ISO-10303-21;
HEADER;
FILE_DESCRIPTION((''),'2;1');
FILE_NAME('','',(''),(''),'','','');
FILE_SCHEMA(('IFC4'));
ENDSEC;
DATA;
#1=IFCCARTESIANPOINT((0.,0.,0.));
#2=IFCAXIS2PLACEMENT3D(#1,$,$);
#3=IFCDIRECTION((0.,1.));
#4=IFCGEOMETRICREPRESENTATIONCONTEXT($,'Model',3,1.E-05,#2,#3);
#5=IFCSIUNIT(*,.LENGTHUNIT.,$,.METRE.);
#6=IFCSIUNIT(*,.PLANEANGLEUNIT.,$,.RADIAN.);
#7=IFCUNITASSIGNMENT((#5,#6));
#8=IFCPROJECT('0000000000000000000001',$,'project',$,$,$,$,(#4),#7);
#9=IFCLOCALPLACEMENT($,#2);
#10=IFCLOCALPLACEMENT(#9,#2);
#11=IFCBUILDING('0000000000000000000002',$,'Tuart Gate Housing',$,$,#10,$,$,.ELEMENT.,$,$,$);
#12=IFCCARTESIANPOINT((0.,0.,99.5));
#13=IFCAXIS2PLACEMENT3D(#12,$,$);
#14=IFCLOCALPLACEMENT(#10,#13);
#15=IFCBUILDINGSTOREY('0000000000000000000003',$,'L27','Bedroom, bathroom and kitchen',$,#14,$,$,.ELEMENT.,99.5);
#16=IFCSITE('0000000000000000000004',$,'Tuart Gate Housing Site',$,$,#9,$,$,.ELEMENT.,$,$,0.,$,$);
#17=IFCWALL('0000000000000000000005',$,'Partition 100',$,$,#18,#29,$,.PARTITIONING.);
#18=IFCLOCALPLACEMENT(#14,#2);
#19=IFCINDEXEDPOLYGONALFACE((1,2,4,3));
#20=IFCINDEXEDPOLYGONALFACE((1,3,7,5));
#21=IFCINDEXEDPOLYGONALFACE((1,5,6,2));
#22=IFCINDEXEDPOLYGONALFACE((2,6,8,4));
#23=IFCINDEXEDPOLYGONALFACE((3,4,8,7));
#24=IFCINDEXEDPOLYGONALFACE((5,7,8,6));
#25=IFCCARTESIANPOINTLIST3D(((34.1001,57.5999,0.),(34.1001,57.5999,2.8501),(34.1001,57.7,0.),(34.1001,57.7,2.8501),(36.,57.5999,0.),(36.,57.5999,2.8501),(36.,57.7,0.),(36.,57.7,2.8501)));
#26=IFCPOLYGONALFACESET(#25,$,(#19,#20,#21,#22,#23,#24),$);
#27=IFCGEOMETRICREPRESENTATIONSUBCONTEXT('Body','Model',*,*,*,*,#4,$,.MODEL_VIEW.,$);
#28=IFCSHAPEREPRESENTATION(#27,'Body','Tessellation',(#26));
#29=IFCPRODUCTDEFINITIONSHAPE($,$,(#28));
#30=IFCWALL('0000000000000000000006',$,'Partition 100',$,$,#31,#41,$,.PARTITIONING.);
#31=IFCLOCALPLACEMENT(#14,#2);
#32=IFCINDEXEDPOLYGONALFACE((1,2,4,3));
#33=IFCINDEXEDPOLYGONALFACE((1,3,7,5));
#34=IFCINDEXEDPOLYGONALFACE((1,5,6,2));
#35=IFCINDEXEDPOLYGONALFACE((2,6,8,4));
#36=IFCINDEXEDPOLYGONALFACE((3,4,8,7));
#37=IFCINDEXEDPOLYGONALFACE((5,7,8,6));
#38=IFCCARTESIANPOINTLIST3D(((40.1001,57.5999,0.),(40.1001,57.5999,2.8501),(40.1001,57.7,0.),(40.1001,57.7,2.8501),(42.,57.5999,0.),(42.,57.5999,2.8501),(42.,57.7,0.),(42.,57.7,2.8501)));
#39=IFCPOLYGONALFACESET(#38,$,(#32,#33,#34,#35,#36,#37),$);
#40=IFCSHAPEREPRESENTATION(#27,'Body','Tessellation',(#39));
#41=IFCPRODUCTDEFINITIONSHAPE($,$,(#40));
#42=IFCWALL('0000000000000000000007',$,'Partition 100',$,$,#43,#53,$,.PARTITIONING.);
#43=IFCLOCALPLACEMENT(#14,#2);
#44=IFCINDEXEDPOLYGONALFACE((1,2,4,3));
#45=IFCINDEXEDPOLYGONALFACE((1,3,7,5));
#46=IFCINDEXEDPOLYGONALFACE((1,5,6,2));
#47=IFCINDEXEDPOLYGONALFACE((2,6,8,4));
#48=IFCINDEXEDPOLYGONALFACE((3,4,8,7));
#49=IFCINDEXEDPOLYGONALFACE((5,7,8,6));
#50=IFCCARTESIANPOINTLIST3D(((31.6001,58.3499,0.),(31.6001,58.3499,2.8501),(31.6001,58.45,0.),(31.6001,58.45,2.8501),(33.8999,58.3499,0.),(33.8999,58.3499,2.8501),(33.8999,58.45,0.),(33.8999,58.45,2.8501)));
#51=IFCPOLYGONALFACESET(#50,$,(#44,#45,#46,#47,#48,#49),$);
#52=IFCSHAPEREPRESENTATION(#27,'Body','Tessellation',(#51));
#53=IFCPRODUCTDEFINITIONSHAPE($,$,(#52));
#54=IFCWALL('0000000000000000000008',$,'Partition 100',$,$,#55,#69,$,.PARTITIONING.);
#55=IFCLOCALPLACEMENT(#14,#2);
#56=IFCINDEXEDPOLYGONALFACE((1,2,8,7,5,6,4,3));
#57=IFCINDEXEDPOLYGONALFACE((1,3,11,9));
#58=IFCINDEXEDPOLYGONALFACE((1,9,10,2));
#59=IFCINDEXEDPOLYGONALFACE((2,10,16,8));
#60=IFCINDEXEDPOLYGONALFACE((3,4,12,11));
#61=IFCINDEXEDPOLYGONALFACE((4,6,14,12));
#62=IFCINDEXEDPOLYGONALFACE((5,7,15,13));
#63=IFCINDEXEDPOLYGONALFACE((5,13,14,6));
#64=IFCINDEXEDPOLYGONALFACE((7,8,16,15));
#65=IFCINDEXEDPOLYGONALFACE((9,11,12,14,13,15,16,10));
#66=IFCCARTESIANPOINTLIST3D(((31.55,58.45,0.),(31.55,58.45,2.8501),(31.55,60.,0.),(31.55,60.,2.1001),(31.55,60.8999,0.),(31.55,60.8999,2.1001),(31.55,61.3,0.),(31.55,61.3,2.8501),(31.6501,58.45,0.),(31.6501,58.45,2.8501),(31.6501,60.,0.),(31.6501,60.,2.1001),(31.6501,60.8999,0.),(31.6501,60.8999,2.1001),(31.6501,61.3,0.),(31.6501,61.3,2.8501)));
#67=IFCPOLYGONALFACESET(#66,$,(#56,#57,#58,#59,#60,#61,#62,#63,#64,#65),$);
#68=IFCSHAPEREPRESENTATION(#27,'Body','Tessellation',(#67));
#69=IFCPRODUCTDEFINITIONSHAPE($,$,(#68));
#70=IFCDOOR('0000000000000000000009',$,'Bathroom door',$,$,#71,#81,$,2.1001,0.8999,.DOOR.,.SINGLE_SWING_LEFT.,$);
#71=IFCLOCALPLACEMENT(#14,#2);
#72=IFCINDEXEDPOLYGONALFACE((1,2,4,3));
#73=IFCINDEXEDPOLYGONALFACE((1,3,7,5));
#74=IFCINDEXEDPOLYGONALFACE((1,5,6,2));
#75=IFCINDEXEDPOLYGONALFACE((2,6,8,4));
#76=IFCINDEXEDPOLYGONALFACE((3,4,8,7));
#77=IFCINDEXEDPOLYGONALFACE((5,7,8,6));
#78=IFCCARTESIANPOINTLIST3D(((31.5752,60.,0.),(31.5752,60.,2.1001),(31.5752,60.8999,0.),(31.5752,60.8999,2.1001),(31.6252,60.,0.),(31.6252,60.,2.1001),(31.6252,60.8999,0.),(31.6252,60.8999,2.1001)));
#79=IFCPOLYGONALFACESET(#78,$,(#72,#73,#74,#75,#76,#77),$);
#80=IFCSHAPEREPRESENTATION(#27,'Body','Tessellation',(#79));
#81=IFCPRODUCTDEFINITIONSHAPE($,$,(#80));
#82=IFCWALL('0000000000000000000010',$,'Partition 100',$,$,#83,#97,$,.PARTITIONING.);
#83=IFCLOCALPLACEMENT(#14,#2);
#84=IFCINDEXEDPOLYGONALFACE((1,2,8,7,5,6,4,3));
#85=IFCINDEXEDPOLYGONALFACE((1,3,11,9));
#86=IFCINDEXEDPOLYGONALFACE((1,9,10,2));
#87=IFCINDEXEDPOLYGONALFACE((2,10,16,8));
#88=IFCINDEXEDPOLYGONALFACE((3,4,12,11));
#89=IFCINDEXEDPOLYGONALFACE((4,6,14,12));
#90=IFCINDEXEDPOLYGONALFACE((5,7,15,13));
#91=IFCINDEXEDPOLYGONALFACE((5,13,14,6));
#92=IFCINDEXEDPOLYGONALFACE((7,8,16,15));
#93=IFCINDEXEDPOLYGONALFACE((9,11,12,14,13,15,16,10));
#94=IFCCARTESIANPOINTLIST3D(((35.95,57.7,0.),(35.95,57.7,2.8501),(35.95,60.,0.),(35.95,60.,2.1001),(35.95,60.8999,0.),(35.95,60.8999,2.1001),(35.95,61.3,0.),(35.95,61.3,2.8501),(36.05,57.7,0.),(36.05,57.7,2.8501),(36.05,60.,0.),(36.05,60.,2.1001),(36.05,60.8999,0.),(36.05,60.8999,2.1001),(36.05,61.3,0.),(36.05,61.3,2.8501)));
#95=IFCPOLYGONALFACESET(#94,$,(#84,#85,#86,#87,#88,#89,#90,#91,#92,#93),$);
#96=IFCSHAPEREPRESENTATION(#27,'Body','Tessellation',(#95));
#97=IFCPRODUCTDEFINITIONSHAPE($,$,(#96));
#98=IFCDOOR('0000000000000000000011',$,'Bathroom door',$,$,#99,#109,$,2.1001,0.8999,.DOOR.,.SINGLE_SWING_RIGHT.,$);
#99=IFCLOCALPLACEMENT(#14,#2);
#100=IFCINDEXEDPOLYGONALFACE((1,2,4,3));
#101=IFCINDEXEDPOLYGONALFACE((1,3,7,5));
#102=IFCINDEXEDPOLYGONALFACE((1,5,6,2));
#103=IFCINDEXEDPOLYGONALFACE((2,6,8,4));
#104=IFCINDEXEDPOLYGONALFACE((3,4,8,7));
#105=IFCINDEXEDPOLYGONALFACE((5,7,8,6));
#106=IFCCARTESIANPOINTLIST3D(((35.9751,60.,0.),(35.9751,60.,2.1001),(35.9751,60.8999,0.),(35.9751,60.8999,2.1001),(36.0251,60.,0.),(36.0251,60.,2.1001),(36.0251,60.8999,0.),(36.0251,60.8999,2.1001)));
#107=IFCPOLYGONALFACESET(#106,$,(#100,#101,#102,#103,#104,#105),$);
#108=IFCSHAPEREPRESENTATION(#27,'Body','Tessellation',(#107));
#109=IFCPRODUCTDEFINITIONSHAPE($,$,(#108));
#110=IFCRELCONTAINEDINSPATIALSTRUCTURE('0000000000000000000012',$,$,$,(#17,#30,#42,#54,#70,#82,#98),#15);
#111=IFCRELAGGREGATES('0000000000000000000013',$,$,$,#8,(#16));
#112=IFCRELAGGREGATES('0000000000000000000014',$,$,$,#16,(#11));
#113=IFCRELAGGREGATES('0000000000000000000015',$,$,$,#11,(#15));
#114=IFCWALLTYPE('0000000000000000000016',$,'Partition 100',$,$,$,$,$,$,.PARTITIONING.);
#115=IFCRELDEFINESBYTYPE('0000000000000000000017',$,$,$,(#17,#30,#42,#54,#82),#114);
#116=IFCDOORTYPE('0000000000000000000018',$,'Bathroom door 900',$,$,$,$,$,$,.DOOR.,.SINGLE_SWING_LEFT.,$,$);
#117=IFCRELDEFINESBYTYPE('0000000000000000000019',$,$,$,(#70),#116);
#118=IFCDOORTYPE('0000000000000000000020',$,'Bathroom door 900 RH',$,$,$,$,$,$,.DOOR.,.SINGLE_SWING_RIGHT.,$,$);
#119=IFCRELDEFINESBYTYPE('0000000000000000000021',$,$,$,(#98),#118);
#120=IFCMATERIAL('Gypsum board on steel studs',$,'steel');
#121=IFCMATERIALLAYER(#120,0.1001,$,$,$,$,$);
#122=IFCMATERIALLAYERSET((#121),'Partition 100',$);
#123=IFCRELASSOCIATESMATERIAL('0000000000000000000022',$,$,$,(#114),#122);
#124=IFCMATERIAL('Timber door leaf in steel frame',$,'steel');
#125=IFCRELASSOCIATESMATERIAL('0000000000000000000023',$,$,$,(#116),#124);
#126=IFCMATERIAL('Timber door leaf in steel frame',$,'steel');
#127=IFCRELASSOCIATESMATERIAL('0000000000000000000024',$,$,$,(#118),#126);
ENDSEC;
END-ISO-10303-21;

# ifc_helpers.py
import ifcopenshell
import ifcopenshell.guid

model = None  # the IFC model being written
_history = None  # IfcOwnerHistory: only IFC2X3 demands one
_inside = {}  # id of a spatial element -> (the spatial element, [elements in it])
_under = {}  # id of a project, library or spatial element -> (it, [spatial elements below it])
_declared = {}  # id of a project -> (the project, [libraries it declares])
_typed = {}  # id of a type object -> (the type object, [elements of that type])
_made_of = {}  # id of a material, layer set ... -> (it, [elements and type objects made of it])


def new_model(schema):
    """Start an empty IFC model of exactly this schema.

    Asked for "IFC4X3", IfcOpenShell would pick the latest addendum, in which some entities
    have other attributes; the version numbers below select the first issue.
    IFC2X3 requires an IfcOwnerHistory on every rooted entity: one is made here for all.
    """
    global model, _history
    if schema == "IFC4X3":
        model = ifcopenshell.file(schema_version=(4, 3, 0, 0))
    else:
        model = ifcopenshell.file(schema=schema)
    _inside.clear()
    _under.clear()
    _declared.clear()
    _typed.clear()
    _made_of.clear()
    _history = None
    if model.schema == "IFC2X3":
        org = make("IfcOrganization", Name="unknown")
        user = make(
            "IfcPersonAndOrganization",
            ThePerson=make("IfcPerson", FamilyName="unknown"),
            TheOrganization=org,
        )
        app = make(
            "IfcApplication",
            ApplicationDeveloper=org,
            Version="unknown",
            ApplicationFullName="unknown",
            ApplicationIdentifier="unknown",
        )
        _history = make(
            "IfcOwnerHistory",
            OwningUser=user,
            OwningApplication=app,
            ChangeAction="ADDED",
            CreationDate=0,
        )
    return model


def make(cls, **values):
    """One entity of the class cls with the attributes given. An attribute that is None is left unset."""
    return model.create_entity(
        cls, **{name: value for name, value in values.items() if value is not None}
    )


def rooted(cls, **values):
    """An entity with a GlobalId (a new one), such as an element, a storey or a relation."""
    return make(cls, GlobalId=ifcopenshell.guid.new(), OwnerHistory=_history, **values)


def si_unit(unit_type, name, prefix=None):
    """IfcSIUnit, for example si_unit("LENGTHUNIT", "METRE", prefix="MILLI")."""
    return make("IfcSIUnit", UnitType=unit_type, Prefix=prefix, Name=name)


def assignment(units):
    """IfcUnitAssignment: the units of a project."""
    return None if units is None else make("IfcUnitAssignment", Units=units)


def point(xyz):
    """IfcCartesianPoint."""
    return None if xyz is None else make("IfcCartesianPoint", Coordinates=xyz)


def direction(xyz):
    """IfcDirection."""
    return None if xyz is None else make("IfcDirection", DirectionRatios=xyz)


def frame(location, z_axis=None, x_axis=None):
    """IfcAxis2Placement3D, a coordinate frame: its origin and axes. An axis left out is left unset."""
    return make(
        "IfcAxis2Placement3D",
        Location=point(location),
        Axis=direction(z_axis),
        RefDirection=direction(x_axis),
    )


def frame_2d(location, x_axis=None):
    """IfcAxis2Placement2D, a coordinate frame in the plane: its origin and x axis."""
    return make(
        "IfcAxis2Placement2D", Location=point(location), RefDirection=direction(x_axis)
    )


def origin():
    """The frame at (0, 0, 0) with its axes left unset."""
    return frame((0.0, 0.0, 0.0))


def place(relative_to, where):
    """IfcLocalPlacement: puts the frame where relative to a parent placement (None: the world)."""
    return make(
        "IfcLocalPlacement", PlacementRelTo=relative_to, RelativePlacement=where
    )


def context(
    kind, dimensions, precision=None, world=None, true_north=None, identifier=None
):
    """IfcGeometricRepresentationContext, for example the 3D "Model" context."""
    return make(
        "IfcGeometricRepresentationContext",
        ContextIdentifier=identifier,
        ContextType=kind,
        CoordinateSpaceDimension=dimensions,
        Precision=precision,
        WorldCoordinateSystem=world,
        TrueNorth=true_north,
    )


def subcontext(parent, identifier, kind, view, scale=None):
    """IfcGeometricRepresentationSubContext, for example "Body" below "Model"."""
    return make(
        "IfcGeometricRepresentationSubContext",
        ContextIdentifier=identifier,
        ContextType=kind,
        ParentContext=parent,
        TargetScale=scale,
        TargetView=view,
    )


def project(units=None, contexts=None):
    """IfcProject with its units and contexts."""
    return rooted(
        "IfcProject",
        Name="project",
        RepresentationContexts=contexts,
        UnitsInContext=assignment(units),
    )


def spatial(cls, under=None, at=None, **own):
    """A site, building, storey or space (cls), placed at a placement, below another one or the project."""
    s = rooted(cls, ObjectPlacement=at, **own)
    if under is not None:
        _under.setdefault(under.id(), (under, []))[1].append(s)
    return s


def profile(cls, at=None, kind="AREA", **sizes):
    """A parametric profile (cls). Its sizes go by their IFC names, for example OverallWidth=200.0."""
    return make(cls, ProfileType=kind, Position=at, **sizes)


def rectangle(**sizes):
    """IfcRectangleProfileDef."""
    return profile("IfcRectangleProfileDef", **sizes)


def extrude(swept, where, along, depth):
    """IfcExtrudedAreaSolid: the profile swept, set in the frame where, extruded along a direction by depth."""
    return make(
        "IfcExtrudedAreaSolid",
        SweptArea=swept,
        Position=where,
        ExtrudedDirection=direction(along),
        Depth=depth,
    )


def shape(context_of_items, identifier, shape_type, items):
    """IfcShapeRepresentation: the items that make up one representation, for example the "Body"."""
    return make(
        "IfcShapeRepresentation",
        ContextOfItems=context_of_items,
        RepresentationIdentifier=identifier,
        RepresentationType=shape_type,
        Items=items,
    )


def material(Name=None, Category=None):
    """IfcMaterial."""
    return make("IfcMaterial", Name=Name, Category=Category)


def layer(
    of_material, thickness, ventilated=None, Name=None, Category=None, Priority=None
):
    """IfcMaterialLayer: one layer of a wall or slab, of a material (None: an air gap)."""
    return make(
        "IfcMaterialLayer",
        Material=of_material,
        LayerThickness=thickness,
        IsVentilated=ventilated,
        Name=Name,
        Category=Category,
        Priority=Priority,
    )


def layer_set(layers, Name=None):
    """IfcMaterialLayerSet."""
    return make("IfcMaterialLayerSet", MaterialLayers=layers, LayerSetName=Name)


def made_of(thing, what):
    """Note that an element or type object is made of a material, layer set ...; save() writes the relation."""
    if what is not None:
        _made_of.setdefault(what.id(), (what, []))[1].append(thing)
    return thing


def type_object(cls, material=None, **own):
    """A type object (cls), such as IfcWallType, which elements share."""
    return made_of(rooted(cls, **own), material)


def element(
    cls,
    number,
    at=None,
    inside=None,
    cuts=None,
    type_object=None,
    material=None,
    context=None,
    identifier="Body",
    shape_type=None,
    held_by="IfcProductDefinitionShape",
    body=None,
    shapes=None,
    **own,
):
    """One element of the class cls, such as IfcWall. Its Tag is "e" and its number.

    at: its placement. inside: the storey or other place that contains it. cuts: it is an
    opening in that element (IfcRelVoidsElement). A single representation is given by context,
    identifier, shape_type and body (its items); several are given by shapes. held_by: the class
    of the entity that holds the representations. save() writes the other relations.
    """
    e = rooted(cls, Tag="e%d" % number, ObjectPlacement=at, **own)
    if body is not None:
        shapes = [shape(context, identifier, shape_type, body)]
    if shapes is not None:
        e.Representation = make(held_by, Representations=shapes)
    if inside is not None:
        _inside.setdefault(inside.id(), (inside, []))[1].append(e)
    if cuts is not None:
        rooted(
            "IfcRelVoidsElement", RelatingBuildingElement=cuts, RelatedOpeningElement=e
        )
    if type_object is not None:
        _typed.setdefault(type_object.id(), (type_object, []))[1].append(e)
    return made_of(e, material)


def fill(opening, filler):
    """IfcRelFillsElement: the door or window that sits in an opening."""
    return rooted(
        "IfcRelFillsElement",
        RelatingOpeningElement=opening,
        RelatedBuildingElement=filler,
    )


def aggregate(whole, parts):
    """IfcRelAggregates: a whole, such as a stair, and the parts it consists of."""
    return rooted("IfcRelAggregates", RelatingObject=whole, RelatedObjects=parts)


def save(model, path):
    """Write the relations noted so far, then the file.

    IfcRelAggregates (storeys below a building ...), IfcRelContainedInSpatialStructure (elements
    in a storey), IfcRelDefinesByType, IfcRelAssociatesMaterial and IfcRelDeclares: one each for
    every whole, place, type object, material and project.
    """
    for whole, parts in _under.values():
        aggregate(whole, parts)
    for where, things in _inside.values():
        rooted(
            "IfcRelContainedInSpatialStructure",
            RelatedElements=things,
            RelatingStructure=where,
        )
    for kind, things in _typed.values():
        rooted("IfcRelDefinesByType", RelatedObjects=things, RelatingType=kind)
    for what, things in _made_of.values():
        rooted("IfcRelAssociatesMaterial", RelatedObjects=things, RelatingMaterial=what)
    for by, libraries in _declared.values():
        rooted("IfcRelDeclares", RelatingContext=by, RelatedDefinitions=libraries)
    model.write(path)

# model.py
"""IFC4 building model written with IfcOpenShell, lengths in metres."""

from ifc_helpers import new_model, si_unit, direction, frame, frame_2d, origin, place, context, subcontext, project, spatial, rectangle, extrude, material, layer, layer_set, type_object, element, fill, save


model = new_model("IFC4")

# Units and contexts
model_context = context("Model", 3, precision=1e-05, world=origin(), true_north=direction((0.0, 1.0)))
body_context = subcontext(model_context, "Body", "Model", "MODEL_VIEW")
ifc_project = project(units=[si_unit("LENGTHUNIT", "METRE"), si_unit("PLANEANGLEUNIT", "RADIAN")], contexts=[model_context])

# Site, building, storey
site_placement = place(None, origin())
site = spatial("IfcSite", under=ifc_project, at=site_placement, Name="Tuart Gate Housing Site", CompositionType="ELEMENT", RefElevation=0.0)
building_placement = place(site_placement, origin())
building = spatial("IfcBuilding", under=site, at=building_placement, Name="Tuart Gate Housing", CompositionType="ELEMENT")
storey_placement = place(building_placement, frame((0.0, 0.0, 99.5)))
storey = spatial("IfcBuildingStorey", under=building, at=storey_placement, Name="L27", Description="Bedroom, bathroom and kitchen", CompositionType="ELEMENT", Elevation=99.5)

# Walls
ifc_material_1 = material(Name="Gypsum board on steel studs", Category="steel")
ifc_layer_1 = layer(ifc_material_1, 0.1001)
ifc_layer_set_1 = layer_set([ifc_layer_1], Name="Partition 100")
wall_type_1 = type_object("IfcWallType", Name="Partition 100", PredefinedType="PARTITIONING", material=ifc_layer_set_1)
for number, where, z_axis, x_axis, name in (
    (1, (34.1001, 57.6499, 0.0), (0.0, 0.0, 1.0), (1.0, 0.0, 0.0), "Partition 100"),
    (2, (40.1001, 57.6499, 0.0), (0.0, 0.0, 1.0), (1.0, 0.0, 0.0), "Partition 100"),
):
    element("IfcWall", number, at=place(storey_placement, frame(where, z_axis=z_axis, x_axis=x_axis)), inside=storey, type_object=wall_type_1, Name=name, PredefinedType="PARTITIONING", context=body_context, shape_type="SweptSolid", body=[
        extrude(rectangle(XDim=1.8999, YDim=0.1001, at=frame_2d((0.95, 0.0))), origin(), (0.0, 0.0, 1.0), 2.8501),
    ])
wall_1_placement = place(storey_placement, frame((31.6001, 58.3999, 0.0), z_axis=(0.0, 0.0, 1.0), x_axis=(1.0, 0.0, 0.0)))
element("IfcWall", 3, at=wall_1_placement, inside=storey, type_object=wall_type_1, Name="Partition 100", PredefinedType="PARTITIONING", context=body_context, shape_type="SweptSolid", body=[
    extrude(rectangle(XDim=2.2998, YDim=0.1001, at=frame_2d((1.1499, 0.0))), origin(), (0.0, 0.0, 1.0), 2.8501),
])

# Walls, openings, doors
wall_2_placement = place(storey_placement, frame((31.6001, 58.45, 0.0), z_axis=(0.0, 0.0, 1.0), x_axis=(0.0, 1.0, 0.0)))
wall_2 = element("IfcWall", 4, at=wall_2_placement, inside=storey, type_object=wall_type_1, Name="Partition 100", PredefinedType="PARTITIONING", context=body_context, shape_type="SweptSolid", body=[
    extrude(rectangle(XDim=2.8501, YDim=0.1001, at=frame_2d((1.425, 0.0))), origin(), (0.0, 0.0, 1.0), 2.8501),
])
opening_1_placement = place(wall_2_placement, frame((1.55, 0.0, 0.0)))
opening_1 = element("IfcOpeningElement", 5, at=opening_1_placement, cuts=wall_2, PredefinedType="OPENING", context=body_context, shape_type="SweptSolid", body=[
    extrude(rectangle(XDim=0.8999, YDim=2.1001, at=frame_2d((0.45, 1.05))), frame((0.0, 0.0601, 0.0), z_axis=(0.0, -1.0, 0.0), x_axis=(1.0, 0.0, 0.0)), (0.0, 0.0, 1.0), 0.1201),
])
ifc_material_2 = material(Name="Timber door leaf in steel frame", Category="steel")
door_type_1 = type_object("IfcDoorType", Name="Bathroom door 900", OperationType="SINGLE_SWING_LEFT", PredefinedType="DOOR", material=ifc_material_2)
door_1_placement = place(opening_1_placement, frame((0.8999, 0.0, 0.0), z_axis=(0.0, 0.0, 1.0), x_axis=(-1.0, 0.0, 0.0)))
door_1 = element("IfcDoor", 6, at=door_1_placement, inside=storey, type_object=door_type_1, Name="Bathroom door", OperationType="SINGLE_SWING_LEFT", OverallHeight=2.1001, OverallWidth=0.8999, PredefinedType="DOOR", context=body_context, shape_type="SweptSolid", body=[
    extrude(rectangle(XDim=0.8999, YDim=2.1001, at=frame_2d((0.45, 1.05))), frame((0.0, 0.0251, 0.0), z_axis=(0.0, -1.0, 0.0), x_axis=(1.0, 0.0, 0.0)), (0.0, 0.0, 1.0), 0.05),
])
fill(opening_1, door_1)
wall_3_placement = place(storey_placement, frame((36.0, 57.7, 0.0), z_axis=(0.0, 0.0, 1.0), x_axis=(0.0, 1.0, 0.0)))
wall_3 = element("IfcWall", 7, at=wall_3_placement, inside=storey, type_object=wall_type_1, Name="Partition 100", PredefinedType="PARTITIONING", context=body_context, shape_type="SweptSolid", body=[
    extrude(rectangle(XDim=3.6001, YDim=0.1001, at=frame_2d((1.8, 0.0))), origin(), (0.0, 0.0, 1.0), 2.8501),
])
opening_2_placement = place(wall_3_placement, frame((2.3, 0.0, 0.0)))
opening_2 = element("IfcOpeningElement", 8, at=opening_2_placement, cuts=wall_3, PredefinedType="OPENING", context=body_context, shape_type="SweptSolid", body=[
    extrude(rectangle(XDim=0.8999, YDim=2.1001, at=frame_2d((0.45, 1.05))), frame((0.0, 0.0601, 0.0), z_axis=(0.0, -1.0, 0.0), x_axis=(1.0, 0.0, 0.0)), (0.0, 0.0, 1.0), 0.1201),
])
ifc_material_3 = material(Name="Timber door leaf in steel frame", Category="steel")
door_type_2 = type_object("IfcDoorType", Name="Bathroom door 900 RH", OperationType="SINGLE_SWING_RIGHT", PredefinedType="DOOR", material=ifc_material_3)
door_2_placement = place(opening_2_placement, origin())
door_2 = element("IfcDoor", 9, at=door_2_placement, inside=storey, type_object=door_type_2, Name="Bathroom door", OperationType="SINGLE_SWING_RIGHT", OverallHeight=2.1001, OverallWidth=0.8999, PredefinedType="DOOR", context=body_context, shape_type="SweptSolid", body=[
    extrude(rectangle(XDim=0.8999, YDim=2.1001, at=frame_2d((0.45, 1.05))), frame((0.0, 0.0249, 0.0), z_axis=(0.0, -1.0, 0.0), x_axis=(1.0, 0.0, 0.0)), (0.0, 0.0, 1.0), 0.05),
])
fill(opening_2, door_2)

save(model, "model.ifc")
